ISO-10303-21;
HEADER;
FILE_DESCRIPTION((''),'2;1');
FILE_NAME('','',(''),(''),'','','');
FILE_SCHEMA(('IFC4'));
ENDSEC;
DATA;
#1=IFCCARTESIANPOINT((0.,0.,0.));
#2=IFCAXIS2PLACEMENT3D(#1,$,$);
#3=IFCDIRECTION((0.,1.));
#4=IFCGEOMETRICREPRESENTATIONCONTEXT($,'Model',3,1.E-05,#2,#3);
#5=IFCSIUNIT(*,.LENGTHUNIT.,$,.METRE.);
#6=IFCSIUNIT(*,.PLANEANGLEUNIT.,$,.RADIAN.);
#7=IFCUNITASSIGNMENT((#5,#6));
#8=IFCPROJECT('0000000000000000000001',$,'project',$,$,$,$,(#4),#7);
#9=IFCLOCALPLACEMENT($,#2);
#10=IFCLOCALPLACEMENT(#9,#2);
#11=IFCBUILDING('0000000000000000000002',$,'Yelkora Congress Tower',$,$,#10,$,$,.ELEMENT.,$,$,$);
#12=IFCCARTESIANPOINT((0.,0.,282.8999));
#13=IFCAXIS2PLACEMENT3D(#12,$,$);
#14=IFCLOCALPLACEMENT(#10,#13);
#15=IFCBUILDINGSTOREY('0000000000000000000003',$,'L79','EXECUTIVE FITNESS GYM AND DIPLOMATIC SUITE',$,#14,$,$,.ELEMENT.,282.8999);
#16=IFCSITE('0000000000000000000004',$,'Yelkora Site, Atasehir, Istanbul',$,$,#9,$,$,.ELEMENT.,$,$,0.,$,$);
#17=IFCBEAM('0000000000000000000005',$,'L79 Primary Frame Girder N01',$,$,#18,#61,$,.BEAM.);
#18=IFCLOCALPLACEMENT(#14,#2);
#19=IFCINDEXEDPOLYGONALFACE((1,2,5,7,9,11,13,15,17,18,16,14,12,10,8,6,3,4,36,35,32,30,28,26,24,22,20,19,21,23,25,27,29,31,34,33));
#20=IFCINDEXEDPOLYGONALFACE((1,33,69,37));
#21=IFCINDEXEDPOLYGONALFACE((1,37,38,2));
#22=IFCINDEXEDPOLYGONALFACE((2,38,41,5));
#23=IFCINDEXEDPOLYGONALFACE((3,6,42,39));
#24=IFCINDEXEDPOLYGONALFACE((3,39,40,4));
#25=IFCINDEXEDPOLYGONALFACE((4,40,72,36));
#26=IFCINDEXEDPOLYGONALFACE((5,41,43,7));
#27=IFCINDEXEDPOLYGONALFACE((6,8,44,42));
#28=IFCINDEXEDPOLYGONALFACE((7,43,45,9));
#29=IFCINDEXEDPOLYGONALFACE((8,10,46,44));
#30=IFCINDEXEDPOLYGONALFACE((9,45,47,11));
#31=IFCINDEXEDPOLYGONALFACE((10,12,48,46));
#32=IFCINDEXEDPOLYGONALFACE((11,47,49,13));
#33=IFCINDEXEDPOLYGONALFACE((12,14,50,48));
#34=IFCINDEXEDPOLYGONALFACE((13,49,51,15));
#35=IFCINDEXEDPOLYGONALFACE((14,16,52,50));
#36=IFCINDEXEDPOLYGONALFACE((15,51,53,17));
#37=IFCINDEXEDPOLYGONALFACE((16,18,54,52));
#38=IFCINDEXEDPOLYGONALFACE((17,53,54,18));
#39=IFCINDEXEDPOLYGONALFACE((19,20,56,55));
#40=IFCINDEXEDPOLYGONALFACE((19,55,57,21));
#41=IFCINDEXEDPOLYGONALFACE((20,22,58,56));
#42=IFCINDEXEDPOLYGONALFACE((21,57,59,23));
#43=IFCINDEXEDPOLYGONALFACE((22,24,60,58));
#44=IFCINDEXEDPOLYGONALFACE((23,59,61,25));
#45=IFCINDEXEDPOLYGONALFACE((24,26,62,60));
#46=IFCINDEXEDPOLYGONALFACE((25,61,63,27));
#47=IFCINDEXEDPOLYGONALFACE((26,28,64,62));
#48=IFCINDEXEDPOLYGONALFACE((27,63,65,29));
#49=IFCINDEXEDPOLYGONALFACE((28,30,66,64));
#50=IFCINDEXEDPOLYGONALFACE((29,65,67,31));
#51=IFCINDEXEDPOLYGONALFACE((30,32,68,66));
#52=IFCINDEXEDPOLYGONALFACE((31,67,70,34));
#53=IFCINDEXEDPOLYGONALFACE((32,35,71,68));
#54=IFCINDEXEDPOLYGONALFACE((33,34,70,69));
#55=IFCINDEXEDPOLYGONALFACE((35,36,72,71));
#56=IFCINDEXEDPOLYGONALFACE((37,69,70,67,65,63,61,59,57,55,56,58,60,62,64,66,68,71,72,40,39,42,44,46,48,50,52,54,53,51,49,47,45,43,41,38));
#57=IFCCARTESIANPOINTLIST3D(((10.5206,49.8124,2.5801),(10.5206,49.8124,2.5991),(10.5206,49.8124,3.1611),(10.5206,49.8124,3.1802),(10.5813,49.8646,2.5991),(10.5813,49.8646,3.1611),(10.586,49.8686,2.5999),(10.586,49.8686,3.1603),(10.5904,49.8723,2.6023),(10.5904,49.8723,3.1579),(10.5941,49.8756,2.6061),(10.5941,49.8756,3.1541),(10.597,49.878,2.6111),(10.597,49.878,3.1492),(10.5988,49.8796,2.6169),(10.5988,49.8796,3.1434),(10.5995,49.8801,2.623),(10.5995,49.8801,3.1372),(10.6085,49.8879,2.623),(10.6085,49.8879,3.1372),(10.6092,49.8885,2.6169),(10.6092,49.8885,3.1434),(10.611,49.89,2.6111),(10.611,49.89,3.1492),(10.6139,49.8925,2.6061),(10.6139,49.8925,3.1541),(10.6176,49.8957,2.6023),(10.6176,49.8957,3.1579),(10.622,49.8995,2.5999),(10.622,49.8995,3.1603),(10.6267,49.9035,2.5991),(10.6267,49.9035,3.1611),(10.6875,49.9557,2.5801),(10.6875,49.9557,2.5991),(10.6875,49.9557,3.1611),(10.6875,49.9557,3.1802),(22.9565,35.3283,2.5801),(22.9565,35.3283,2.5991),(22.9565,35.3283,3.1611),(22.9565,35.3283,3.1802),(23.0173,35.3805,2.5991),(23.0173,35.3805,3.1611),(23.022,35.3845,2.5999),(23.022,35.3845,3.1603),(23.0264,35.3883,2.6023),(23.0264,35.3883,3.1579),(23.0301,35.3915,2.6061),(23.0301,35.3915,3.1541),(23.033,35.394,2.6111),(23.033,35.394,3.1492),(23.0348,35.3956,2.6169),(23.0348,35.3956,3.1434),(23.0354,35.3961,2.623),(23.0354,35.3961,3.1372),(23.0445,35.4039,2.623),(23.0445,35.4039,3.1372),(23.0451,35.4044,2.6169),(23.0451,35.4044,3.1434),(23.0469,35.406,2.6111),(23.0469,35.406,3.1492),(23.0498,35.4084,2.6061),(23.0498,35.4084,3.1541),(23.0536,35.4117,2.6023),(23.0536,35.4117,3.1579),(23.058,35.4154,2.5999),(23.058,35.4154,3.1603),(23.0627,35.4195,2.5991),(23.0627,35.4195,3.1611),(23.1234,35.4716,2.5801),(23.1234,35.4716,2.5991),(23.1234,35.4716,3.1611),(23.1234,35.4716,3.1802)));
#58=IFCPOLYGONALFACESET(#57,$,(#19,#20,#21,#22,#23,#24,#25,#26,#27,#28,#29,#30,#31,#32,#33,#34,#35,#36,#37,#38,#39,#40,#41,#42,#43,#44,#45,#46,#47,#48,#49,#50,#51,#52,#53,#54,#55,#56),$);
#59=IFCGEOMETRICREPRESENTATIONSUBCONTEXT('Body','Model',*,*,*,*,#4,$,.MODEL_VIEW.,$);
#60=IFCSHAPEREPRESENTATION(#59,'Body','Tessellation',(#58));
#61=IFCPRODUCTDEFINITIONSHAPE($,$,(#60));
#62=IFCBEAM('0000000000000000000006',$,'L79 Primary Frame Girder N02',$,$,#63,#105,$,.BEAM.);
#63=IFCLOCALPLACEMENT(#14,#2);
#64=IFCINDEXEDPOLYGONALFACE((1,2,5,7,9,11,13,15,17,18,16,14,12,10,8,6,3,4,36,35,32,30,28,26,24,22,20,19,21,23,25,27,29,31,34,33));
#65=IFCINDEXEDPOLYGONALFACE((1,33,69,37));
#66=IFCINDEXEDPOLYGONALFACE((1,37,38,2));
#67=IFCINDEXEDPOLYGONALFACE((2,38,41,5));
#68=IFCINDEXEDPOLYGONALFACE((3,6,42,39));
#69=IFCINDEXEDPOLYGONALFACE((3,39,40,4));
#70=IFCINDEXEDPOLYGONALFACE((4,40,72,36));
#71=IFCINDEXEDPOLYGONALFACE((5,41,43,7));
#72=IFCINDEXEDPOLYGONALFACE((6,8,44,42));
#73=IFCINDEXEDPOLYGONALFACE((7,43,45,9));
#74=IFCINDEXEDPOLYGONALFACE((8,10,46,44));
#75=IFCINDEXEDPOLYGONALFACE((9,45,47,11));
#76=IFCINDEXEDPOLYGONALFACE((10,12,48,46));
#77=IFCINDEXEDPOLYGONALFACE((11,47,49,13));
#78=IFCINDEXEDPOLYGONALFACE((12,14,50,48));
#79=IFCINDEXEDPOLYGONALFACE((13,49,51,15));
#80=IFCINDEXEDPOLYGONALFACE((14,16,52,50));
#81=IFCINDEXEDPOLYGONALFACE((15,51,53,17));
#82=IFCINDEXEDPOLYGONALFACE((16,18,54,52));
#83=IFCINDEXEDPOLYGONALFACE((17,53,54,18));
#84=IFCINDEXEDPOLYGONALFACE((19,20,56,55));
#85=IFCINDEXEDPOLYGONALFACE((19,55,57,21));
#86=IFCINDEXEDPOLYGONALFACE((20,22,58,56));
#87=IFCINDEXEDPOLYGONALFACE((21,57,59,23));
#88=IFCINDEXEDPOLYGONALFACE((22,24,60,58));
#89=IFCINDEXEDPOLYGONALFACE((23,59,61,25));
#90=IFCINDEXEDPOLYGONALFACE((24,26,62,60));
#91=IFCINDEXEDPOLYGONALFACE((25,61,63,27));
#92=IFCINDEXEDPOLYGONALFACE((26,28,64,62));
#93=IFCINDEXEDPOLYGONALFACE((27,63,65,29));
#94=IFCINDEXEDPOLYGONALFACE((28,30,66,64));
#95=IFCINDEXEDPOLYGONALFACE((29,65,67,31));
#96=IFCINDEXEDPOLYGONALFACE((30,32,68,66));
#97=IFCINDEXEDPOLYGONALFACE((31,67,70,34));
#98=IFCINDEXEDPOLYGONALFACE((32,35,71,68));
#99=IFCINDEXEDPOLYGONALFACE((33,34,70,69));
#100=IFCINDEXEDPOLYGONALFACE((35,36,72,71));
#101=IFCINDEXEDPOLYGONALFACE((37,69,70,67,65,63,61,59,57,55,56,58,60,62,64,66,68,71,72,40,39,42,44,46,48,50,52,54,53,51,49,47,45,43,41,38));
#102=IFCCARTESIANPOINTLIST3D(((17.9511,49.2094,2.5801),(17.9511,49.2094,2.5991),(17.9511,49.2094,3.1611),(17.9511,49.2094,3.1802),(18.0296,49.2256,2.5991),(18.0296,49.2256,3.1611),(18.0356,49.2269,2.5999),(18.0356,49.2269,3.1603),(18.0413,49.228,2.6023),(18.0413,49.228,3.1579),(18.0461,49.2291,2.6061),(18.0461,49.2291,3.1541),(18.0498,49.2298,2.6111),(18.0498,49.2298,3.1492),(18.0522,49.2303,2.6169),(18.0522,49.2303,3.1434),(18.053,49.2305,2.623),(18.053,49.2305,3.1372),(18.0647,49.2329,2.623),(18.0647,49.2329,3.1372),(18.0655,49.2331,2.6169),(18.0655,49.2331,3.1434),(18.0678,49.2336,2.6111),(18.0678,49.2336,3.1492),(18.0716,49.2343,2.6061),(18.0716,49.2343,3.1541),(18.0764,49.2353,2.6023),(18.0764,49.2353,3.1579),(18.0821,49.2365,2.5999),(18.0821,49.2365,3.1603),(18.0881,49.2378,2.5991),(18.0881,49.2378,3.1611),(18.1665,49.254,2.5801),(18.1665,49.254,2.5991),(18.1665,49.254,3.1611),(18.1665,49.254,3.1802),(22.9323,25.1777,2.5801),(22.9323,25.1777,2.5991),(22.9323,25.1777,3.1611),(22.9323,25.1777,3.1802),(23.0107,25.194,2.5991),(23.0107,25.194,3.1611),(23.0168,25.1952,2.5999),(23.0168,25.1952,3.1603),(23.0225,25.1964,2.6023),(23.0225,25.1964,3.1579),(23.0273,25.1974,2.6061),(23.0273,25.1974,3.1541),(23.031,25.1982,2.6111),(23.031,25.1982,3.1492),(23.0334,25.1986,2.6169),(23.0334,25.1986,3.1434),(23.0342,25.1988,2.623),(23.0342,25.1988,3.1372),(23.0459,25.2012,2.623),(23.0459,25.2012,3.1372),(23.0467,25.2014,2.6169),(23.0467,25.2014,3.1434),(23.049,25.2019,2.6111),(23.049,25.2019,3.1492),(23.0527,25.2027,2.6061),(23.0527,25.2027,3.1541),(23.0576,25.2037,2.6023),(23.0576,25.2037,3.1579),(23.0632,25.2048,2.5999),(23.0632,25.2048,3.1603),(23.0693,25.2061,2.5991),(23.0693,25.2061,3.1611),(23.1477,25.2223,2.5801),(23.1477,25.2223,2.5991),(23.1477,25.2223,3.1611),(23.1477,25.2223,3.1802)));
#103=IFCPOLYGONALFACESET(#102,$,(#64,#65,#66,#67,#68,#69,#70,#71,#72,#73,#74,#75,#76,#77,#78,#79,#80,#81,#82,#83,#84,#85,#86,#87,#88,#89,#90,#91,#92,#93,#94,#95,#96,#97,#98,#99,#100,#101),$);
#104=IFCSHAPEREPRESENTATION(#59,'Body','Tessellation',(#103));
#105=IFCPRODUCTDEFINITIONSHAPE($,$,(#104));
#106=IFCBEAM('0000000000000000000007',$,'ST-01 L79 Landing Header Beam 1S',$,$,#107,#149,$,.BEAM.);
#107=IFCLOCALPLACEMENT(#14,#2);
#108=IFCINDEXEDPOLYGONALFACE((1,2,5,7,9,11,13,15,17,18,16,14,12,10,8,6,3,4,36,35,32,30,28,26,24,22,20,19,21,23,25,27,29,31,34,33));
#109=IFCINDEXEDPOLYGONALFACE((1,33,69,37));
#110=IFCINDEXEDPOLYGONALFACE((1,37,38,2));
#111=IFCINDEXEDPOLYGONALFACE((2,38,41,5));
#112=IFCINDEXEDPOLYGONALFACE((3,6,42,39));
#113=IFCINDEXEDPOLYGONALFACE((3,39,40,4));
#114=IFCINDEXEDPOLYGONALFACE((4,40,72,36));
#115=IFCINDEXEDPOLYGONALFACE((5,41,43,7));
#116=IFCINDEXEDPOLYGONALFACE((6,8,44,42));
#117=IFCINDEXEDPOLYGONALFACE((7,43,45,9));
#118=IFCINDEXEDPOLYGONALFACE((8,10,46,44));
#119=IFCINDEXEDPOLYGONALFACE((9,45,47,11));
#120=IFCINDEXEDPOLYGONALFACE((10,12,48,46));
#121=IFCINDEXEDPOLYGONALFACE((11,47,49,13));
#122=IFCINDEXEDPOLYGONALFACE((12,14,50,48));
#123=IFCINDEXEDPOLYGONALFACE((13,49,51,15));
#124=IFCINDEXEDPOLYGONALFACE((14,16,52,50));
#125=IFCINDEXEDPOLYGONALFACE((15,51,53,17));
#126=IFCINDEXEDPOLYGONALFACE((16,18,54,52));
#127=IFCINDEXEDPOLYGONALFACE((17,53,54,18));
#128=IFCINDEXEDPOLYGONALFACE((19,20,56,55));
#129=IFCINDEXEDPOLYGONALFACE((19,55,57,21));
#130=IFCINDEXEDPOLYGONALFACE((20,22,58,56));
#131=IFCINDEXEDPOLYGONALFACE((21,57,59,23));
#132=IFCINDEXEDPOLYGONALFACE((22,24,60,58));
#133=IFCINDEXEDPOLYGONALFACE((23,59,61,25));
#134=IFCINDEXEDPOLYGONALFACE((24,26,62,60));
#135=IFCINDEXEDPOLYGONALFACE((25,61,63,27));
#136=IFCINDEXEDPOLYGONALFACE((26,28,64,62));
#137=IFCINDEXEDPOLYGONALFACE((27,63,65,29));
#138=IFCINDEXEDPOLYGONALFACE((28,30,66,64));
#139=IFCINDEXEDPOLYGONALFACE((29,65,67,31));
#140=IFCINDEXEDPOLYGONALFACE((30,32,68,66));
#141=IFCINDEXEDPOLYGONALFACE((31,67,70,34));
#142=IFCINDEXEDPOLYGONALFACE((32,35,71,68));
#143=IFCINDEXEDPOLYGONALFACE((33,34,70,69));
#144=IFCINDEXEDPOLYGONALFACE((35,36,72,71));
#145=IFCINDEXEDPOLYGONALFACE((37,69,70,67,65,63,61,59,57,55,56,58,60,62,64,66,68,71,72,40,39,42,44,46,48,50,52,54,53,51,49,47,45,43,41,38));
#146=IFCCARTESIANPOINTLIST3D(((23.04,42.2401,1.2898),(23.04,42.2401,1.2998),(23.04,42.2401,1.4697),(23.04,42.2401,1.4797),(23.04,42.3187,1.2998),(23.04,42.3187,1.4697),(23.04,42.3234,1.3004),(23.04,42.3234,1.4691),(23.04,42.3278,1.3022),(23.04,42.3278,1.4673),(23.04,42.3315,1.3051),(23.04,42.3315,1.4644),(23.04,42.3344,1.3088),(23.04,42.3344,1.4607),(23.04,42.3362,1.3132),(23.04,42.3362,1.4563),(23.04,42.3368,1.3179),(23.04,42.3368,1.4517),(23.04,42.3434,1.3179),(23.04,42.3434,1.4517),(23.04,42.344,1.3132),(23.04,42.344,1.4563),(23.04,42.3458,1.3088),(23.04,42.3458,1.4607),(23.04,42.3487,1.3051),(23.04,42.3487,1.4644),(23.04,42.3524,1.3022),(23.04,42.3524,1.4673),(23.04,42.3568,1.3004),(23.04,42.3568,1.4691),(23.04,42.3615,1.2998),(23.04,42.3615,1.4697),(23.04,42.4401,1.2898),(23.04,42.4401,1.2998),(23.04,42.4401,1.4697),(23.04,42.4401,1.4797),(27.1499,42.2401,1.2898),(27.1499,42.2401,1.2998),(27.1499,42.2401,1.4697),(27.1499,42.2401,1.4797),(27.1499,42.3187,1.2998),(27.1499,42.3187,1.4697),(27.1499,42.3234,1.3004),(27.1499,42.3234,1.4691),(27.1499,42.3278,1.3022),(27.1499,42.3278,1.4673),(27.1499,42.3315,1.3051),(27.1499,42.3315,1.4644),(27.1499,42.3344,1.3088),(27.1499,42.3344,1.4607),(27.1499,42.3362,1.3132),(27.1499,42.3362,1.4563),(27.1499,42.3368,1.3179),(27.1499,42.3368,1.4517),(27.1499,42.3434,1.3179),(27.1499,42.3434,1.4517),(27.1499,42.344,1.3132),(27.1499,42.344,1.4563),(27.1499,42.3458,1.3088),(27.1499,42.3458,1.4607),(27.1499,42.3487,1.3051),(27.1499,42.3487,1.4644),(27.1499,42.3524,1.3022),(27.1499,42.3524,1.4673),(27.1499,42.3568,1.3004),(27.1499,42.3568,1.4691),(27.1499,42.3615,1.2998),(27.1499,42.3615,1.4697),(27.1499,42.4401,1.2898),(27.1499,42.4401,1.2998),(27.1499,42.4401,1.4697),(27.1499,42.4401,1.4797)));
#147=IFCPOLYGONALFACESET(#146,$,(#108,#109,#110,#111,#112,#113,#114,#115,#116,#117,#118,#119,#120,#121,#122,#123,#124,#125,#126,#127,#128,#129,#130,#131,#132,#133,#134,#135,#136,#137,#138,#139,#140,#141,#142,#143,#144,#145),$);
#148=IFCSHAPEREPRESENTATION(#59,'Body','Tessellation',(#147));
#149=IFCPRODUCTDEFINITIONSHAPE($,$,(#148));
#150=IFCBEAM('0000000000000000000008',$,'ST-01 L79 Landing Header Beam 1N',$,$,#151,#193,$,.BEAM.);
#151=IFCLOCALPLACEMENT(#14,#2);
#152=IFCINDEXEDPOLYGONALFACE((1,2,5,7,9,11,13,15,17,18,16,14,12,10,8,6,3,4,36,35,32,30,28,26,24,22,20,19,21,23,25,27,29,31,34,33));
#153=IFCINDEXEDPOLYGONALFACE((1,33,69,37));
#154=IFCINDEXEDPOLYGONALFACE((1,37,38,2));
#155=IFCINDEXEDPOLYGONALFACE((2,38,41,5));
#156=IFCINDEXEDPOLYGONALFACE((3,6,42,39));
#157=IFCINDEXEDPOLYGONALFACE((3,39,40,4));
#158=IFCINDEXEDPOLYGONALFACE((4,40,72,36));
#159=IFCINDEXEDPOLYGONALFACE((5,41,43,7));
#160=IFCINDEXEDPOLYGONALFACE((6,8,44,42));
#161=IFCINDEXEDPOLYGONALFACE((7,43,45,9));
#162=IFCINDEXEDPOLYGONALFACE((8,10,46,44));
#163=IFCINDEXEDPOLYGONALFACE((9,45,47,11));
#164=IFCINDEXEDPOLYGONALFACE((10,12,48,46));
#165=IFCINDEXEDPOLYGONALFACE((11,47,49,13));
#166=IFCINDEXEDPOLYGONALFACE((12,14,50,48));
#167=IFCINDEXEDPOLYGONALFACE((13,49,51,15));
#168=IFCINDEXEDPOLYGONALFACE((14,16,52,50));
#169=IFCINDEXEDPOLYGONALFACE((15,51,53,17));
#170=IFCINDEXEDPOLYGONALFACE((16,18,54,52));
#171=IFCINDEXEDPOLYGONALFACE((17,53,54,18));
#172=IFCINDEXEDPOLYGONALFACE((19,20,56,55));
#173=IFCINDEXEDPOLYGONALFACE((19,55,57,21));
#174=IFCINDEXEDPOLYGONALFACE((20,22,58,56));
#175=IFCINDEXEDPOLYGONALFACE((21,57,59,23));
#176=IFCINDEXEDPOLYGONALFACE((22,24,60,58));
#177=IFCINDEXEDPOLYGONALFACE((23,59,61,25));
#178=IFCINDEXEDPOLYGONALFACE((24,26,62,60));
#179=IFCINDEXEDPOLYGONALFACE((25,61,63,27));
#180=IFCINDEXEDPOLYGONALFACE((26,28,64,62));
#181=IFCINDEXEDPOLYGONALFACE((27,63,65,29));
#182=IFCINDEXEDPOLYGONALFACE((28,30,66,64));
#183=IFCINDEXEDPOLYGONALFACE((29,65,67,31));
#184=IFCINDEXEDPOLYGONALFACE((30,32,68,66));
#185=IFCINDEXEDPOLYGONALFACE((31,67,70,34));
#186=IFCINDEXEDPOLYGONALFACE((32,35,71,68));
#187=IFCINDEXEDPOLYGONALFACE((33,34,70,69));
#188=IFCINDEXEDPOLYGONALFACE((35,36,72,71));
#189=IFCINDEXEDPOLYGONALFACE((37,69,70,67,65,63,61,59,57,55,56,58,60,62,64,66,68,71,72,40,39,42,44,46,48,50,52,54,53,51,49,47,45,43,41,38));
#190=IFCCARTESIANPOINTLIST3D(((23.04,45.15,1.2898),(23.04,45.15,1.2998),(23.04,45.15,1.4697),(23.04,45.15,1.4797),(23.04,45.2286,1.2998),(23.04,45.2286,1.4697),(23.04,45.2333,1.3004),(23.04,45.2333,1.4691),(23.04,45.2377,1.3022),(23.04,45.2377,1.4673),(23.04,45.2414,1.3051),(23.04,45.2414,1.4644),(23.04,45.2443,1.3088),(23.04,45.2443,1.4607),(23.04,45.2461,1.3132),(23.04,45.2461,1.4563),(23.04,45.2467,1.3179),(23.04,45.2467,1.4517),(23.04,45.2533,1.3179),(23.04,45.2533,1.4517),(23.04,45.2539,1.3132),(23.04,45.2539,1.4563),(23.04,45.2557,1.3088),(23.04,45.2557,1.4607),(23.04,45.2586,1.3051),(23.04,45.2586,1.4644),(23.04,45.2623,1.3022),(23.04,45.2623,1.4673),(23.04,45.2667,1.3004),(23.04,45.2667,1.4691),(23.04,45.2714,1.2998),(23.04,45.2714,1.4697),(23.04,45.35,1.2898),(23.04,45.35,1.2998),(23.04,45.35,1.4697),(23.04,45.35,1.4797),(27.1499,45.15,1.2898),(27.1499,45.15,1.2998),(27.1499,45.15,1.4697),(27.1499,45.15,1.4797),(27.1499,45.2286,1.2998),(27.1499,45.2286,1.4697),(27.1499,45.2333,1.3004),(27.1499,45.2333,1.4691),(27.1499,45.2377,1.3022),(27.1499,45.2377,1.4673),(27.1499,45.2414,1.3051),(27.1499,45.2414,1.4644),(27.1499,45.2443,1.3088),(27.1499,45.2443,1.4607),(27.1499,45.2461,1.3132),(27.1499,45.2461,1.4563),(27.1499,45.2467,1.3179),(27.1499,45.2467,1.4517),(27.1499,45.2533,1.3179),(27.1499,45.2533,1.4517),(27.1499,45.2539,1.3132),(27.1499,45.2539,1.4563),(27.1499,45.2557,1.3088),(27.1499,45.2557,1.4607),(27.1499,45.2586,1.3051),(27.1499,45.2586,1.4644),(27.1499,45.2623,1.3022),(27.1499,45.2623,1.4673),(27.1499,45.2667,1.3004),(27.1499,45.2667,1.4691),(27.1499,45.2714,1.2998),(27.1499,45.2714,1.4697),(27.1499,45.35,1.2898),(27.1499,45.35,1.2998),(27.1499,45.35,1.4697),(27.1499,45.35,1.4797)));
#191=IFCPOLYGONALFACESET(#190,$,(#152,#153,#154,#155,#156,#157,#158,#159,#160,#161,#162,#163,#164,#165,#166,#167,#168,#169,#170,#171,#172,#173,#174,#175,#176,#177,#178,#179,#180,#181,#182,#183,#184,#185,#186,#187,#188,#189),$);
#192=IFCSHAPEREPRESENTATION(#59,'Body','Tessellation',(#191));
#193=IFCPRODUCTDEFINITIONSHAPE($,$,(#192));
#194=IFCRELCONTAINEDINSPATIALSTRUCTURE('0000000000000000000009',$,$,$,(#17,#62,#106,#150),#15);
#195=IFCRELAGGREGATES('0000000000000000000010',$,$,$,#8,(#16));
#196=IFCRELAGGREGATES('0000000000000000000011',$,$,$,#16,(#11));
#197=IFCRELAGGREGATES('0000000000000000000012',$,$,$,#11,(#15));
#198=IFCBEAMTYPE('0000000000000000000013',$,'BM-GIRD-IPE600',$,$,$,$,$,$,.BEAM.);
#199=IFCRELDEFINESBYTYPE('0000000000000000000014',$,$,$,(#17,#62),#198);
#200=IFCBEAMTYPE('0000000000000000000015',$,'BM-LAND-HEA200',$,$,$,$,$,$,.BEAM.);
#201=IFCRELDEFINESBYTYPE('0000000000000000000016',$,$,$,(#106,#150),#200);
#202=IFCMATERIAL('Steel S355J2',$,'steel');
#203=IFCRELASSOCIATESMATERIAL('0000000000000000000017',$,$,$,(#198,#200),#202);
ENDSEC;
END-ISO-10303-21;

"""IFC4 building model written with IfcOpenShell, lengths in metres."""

from ifc_helpers import new_model, si_unit, direction, frame, origin, origin_2d, place, context, subcontext, project, spatial, i_section, extrude, material, material_profile, profile_set, type_object, element, save


model = new_model("IFC4")

# Units and contexts
model_context = context("Model", 3, precision=1e-05, world=origin(), true_north=direction((0.0, 1.0)))
body_context = subcontext(model_context, "Body", "Model", "MODEL_VIEW")
ifc_project = project(units=[si_unit("LENGTHUNIT", "METRE"), si_unit("PLANEANGLEUNIT", "RADIAN")], contexts=[model_context])

# Site, building, storey
site_placement = place(None, origin())
site = spatial("IfcSite", under=ifc_project, at=site_placement, Name="Yelkora Site, Atasehir, Istanbul", CompositionType="ELEMENT", RefElevation=0.0)
building_placement = place(site_placement, origin())
building = spatial("IfcBuilding", under=site, at=building_placement, Name="Yelkora Congress Tower", CompositionType="ELEMENT")
storey_placement = place(building_placement, frame((0.0, 0.0, 282.8999)))
storey = spatial("IfcBuildingStorey", under=building, at=storey_placement, Name="L79", Description="EXECUTIVE FITNESS GYM AND DIPLOMATIC SUITE", CompositionType="ELEMENT", Elevation=282.8999)

# Shared definitions
ifc_material_1 = material(Name="Steel S355J2", Category="steel")

# Beams
ifc_material_profile_1 = material_profile(ifc_material_1, i_section(OverallWidth=0.22, OverallDepth=0.6001, WebThickness=0.012, FlangeThickness=0.019, FilletRadius=0.0239, at=origin_2d()), Name="IPE 600")
ifc_profile_set_1 = profile_set([ifc_material_profile_1], Name="Steel S355J2")
beam_type_1 = type_object("IfcBeamType", Name="BM-GIRD-IPE600", PredefinedType="BEAM", material=ifc_profile_set_1)
beam_1_placement = place(storey_placement, frame((10.604, 49.884, 2.8801), z_axis=(0.651427, -0.758711, 0.0), x_axis=(0.758711, 0.651427, 0.0)))
element("IfcBeam", 1, at=beam_1_placement, inside=storey, type_object=beam_type_1, Name="L79 Primary Frame Girder N01", PredefinedType="BEAM", context=body_context, shape_type="SweptSolid", body=[
    extrude(i_section(OverallWidth=0.22, OverallDepth=0.6001, WebThickness=0.012, FlangeThickness=0.019, FilletRadius=0.0239, at=origin_2d()), origin(), (0.0, 0.0, 1.0), 19.0903),
])
beam_2_placement = place(storey_placement, frame((18.0588, 49.2317, 2.8801), z_axis=(0.202962, -0.979187, 0.0), x_axis=(0.979187, 0.202962, 0.0)))
element("IfcBeam", 2, at=beam_2_placement, inside=storey, type_object=beam_type_1, Name="L79 Primary Frame Girder N02", PredefinedType="BEAM", context=body_context, shape_type="SweptSolid", body=[
    extrude(i_section(OverallWidth=0.22, OverallDepth=0.6001, WebThickness=0.012, FlangeThickness=0.019, FilletRadius=0.0239, at=origin_2d()), origin(), (0.0, 0.0, 1.0), 24.5425),
])
ifc_material_profile_2 = material_profile(ifc_material_1, i_section(OverallWidth=0.2, OverallDepth=0.1899, WebThickness=0.0066, FlangeThickness=0.01, FilletRadius=0.0181, at=origin_2d()), Name="HEA 200")
ifc_profile_set_2 = profile_set([ifc_material_profile_2], Name="Steel S355J2")
beam_type_2 = type_object("IfcBeamType", Name="BM-LAND-HEA200", PredefinedType="BEAM", material=ifc_profile_set_2)
for number, where, z_axis, x_axis, name in (
    (3, (23.04, 42.3401, 1.3848), (1.0, 0.0, 0.0), (0.0, 1.0, 0.0), "ST-01 L79 Landing Header Beam 1S"),
    (4, (23.04, 45.25, 1.3848), (1.0, 0.0, 0.0), (0.0, 1.0, 0.0), "ST-01 L79 Landing Header Beam 1N"),
):
    element("IfcBeam", number, at=place(storey_placement, frame(where, z_axis=z_axis, x_axis=x_axis)), inside=storey, type_object=beam_type_2, Name=name, PredefinedType="BEAM", context=body_context, shape_type="SweptSolid", body=[
        extrude(i_section(OverallWidth=0.2, OverallDepth=0.1899, WebThickness=0.0066, FlangeThickness=0.01, FilletRadius=0.0181, at=origin_2d()), origin(), (0.0, 0.0, 1.0), 4.1099),
    ])

save(model, "model.ifc")
